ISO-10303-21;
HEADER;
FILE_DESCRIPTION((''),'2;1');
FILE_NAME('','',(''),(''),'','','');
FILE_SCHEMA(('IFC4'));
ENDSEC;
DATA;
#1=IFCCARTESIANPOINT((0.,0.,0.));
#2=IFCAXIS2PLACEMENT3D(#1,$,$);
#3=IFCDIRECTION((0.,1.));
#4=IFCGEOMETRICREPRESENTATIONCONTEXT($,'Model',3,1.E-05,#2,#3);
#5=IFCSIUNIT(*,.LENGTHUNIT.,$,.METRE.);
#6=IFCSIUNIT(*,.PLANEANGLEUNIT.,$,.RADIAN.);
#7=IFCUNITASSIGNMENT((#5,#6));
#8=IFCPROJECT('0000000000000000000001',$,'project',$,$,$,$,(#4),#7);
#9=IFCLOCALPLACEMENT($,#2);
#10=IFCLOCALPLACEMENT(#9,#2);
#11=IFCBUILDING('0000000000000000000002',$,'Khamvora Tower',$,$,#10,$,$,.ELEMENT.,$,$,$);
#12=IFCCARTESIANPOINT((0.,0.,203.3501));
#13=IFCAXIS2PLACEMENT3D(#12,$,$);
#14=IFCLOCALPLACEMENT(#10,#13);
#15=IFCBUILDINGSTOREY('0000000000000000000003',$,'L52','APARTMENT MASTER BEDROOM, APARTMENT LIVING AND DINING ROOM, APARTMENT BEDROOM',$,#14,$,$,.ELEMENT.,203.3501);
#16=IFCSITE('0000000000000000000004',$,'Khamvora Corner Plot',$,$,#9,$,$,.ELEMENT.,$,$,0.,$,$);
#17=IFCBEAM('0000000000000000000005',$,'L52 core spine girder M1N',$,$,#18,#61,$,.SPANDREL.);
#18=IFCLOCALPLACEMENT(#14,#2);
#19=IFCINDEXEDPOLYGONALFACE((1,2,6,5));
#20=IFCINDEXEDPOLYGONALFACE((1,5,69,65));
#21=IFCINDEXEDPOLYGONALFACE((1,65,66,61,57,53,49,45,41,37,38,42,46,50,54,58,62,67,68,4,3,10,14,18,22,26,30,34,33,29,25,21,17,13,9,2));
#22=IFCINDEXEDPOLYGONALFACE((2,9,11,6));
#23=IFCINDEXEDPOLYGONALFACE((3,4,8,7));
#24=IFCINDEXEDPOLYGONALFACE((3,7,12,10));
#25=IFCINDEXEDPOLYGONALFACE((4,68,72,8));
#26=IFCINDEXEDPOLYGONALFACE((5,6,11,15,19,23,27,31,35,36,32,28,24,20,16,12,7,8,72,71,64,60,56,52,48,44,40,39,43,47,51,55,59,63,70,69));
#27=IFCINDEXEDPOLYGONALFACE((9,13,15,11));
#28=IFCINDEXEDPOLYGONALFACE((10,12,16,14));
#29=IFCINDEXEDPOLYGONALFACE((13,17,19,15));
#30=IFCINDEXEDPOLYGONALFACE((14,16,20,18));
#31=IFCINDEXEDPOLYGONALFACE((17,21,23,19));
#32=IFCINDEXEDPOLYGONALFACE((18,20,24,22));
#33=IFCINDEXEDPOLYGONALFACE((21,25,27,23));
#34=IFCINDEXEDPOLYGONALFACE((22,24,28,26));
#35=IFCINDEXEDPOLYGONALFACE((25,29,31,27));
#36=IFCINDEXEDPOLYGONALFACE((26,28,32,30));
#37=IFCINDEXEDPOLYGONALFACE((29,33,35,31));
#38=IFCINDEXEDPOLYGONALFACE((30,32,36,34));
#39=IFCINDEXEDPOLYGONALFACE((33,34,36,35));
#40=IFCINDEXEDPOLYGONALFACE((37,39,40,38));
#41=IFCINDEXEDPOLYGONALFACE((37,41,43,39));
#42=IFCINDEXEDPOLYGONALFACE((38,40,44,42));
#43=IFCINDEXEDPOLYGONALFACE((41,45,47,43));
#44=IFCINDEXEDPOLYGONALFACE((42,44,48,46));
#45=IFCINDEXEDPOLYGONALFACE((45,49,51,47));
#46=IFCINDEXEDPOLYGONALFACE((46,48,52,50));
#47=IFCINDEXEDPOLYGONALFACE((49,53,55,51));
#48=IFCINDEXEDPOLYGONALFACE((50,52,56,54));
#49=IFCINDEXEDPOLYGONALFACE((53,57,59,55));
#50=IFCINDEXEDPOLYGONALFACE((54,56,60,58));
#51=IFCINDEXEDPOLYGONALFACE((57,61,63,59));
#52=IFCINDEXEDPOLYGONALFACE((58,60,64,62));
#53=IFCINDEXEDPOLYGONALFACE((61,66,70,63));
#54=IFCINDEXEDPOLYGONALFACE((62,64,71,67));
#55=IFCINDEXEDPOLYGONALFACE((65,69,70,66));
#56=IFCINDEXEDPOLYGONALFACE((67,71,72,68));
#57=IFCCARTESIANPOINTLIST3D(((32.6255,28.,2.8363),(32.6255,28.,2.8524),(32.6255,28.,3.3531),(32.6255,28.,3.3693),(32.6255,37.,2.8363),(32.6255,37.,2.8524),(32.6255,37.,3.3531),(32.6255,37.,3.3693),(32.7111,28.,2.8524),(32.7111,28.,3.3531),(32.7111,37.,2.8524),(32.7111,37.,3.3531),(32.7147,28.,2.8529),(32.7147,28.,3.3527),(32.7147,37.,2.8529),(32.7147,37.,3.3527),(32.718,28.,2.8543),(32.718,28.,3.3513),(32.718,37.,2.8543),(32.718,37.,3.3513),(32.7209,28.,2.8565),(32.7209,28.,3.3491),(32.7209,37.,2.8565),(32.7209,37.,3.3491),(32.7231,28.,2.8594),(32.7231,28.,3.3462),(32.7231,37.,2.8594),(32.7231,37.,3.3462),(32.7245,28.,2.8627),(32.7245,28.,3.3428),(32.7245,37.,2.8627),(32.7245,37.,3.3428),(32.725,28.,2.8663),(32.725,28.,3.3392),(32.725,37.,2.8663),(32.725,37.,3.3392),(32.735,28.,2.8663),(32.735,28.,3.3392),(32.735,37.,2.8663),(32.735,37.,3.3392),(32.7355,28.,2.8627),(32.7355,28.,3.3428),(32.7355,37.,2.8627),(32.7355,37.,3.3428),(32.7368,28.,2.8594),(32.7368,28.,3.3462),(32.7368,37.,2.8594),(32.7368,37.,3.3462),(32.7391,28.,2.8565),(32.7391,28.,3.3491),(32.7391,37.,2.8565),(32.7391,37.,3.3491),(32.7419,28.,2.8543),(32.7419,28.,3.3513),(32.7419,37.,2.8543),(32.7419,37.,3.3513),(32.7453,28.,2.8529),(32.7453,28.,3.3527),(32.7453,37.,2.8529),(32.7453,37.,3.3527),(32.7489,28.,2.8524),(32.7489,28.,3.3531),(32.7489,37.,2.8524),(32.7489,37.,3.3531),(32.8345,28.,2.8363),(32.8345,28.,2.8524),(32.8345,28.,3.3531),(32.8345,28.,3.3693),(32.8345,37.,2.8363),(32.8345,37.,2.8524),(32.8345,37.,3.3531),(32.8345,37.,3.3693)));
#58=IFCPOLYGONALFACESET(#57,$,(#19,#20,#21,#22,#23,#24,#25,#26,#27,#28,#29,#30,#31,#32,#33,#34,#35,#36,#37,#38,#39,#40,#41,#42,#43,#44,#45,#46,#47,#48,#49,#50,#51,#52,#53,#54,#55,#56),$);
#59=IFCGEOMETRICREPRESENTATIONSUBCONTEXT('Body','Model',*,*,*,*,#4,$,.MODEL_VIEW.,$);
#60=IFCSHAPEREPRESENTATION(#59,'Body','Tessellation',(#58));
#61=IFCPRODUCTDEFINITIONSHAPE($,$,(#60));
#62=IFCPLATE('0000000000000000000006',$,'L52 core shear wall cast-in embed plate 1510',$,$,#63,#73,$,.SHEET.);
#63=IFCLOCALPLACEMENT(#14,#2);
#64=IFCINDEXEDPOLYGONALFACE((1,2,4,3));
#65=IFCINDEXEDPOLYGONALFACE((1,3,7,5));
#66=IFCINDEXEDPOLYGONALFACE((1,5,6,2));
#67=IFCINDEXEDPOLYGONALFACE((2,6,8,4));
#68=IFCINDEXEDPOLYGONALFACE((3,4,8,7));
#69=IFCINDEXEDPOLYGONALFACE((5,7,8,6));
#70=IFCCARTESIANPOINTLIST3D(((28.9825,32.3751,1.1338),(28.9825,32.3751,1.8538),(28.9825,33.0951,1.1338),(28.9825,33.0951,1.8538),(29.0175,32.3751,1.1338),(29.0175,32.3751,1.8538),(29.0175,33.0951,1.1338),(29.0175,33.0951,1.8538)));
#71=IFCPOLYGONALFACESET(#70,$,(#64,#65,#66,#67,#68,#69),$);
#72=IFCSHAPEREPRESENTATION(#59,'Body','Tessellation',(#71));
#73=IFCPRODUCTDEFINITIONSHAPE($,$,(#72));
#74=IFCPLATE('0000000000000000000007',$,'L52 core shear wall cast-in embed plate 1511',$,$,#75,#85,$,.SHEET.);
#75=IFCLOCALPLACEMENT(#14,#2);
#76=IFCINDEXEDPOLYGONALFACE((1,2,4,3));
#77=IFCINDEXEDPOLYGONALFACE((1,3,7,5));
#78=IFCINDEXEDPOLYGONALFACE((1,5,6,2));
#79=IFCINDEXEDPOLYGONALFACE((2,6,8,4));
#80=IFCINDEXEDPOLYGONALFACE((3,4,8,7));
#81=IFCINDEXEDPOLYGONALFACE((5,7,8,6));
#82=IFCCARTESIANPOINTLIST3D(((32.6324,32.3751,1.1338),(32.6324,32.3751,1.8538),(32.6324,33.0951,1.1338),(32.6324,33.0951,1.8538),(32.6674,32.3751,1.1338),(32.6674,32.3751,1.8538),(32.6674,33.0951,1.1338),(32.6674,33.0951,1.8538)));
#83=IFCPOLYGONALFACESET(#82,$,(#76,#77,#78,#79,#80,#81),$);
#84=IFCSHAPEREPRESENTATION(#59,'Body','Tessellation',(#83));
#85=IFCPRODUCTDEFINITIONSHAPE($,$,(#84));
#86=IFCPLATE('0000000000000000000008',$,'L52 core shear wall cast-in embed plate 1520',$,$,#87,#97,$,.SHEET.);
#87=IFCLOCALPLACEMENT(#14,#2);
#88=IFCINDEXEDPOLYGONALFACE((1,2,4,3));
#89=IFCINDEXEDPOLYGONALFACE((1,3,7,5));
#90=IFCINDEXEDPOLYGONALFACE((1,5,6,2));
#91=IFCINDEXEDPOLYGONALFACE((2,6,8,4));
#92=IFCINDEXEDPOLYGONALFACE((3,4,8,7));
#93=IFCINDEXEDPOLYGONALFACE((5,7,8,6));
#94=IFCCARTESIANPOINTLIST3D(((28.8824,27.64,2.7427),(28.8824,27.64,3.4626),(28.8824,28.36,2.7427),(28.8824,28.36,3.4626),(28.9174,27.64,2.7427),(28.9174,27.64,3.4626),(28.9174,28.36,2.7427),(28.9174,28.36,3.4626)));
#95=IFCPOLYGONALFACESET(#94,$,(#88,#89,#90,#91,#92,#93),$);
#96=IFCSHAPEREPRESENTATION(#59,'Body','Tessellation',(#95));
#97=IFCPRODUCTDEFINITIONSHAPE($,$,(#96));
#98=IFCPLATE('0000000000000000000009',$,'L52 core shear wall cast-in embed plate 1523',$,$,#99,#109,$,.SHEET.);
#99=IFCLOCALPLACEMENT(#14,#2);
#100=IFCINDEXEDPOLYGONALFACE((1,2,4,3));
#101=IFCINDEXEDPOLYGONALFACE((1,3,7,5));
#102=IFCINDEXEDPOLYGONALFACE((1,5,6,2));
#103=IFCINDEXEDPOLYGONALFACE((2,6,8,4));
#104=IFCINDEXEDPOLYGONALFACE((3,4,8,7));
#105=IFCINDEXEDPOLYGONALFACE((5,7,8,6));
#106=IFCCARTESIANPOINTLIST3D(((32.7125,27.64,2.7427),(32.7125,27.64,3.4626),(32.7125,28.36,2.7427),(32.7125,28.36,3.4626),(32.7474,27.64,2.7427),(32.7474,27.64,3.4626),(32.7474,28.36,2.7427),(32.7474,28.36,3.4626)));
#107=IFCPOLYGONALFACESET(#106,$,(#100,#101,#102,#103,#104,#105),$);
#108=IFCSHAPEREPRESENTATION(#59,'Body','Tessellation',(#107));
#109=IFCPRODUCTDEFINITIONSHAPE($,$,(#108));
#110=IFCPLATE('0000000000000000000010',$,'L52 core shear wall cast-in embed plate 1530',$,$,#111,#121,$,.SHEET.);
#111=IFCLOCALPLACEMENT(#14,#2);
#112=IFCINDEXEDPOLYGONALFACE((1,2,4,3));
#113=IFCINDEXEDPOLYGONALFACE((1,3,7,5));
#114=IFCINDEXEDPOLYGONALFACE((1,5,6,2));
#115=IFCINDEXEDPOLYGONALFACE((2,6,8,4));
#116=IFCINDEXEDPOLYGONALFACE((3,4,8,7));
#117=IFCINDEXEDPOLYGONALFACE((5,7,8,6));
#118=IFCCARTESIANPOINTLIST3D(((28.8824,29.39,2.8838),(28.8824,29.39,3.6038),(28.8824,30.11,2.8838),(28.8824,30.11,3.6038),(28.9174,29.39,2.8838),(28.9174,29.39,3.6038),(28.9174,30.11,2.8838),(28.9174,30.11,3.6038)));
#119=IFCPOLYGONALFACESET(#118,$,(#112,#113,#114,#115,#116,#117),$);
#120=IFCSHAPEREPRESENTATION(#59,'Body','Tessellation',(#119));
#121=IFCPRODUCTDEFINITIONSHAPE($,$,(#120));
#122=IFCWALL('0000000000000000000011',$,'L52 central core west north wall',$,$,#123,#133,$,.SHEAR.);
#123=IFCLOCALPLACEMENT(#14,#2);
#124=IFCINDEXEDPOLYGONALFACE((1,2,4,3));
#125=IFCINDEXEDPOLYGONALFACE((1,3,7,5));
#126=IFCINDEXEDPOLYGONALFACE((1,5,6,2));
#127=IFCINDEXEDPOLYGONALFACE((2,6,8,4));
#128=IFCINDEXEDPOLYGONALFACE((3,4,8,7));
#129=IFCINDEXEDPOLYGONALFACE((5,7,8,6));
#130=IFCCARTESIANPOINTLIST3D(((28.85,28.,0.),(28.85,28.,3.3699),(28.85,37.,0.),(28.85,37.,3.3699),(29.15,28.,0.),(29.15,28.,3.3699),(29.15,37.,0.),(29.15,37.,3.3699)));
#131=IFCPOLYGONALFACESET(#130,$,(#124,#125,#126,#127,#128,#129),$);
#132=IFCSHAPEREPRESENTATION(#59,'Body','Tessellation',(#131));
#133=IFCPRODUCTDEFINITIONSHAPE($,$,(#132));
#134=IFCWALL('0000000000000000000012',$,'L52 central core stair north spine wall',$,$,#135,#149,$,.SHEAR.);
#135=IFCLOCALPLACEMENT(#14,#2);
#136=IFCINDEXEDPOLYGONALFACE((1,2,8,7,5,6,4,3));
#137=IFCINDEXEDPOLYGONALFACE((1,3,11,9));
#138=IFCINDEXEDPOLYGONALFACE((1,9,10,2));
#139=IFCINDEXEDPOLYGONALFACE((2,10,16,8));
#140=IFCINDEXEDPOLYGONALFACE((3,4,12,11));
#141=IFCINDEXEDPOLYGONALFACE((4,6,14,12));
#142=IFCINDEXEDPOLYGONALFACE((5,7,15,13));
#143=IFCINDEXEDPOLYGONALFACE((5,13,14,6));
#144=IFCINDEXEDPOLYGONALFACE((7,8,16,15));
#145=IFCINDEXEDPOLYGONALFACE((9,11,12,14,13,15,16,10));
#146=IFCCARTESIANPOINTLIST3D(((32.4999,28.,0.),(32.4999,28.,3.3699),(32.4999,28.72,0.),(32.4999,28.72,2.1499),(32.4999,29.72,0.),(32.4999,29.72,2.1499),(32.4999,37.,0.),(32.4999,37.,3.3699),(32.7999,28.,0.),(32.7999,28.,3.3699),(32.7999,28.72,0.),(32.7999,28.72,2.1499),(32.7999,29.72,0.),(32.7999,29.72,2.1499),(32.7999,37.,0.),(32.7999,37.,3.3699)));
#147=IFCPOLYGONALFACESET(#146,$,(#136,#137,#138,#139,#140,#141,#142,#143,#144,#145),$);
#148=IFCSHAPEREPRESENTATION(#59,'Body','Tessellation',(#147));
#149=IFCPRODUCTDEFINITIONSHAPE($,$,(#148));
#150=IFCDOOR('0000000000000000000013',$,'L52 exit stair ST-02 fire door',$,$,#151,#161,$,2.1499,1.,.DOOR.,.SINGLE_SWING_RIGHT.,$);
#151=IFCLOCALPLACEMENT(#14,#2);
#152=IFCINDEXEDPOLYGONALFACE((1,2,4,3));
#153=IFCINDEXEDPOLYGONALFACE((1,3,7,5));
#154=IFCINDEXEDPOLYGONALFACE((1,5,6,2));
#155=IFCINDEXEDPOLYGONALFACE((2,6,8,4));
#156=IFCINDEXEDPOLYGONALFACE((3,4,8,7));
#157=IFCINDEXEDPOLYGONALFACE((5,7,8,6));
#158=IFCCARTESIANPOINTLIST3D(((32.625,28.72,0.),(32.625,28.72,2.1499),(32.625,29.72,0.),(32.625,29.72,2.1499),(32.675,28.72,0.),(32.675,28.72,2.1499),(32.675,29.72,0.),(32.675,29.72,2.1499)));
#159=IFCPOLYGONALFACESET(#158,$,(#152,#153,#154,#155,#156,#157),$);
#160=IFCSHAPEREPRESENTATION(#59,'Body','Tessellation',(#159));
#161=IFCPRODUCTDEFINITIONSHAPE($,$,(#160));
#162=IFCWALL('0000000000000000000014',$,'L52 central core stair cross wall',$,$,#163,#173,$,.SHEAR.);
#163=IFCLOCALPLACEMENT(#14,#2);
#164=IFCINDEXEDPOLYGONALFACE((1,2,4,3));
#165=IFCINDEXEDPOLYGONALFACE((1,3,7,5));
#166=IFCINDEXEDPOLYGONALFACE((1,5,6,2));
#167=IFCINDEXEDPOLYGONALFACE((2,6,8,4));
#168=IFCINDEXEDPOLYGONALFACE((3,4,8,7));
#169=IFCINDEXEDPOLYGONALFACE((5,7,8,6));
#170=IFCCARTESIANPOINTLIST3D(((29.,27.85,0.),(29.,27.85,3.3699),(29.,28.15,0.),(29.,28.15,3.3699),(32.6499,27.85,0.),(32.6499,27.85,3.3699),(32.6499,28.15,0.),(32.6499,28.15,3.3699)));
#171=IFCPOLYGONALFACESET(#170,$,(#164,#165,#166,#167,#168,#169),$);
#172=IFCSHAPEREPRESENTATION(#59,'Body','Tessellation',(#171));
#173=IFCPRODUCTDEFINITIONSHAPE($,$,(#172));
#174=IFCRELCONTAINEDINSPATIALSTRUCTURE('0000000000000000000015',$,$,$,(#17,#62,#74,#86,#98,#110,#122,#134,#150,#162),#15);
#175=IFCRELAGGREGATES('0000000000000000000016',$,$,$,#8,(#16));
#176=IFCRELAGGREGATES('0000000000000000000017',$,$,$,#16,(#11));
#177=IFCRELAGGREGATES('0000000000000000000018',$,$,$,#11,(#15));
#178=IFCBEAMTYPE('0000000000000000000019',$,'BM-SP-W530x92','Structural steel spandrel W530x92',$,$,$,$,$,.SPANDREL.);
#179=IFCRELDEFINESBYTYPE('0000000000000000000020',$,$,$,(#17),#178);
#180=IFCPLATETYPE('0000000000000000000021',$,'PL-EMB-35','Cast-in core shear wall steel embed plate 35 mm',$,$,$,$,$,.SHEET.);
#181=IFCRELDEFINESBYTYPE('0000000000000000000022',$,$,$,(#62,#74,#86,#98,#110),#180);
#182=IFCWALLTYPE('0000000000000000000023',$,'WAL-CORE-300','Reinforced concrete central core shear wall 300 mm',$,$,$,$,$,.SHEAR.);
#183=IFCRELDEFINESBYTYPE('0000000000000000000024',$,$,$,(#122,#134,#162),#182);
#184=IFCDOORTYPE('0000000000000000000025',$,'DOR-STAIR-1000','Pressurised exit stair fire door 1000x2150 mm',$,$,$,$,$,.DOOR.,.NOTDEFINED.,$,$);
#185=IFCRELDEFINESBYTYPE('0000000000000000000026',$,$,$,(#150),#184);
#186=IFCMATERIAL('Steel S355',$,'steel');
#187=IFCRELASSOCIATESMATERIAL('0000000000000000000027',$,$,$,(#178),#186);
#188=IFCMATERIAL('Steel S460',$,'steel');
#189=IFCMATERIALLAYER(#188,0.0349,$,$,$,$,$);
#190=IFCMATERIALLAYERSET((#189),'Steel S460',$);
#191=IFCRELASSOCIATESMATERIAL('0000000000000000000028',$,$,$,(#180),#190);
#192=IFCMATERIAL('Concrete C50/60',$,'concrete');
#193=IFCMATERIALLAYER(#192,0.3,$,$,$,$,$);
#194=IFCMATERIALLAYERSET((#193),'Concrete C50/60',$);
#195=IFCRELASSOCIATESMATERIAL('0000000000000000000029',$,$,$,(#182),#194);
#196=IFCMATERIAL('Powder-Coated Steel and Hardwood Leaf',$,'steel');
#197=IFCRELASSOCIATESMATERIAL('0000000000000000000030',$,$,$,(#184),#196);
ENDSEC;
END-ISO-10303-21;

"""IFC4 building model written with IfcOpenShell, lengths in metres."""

from ifc_helpers import new_model, si_unit, direction, frame, frame_2d, origin, origin_2d, place, context, subcontext, project, spatial, rectangle, i_section, extrude, material, layer, layer_set, material_profile, profile_set, type_object, element, fill, save


model = new_model("IFC4")

# Units and contexts
model_context = context("Model", 3, precision=1e-05, world=origin(), true_north=direction((0.0, 1.0)))
body_context = subcontext(model_context, "Body", "Model", "MODEL_VIEW")
ifc_project = project(units=[si_unit("LENGTHUNIT", "METRE"), si_unit("PLANEANGLEUNIT", "RADIAN")], contexts=[model_context])

# Site, building, storey
site_placement = place(None, origin())
site = spatial("IfcSite", under=ifc_project, at=site_placement, Name="Khamvora Corner Plot", CompositionType="ELEMENT", RefElevation=0.0)
building_placement = place(site_placement, origin())
building = spatial("IfcBuilding", under=site, at=building_placement, Name="Khamvora Tower", CompositionType="ELEMENT")
storey_placement = place(building_placement, frame((0.0, 0.0, 203.3501)))
storey = spatial("IfcBuildingStorey", under=building, at=storey_placement, Name="L52", Description="APARTMENT MASTER BEDROOM, APARTMENT LIVING AND DINING ROOM, APARTMENT BEDROOM", CompositionType="ELEMENT", Elevation=203.3501)

# Shared definitions
ifc_material_1 = material(Name="Steel S460", Category="steel")

# Beam
ifc_material_2 = material(Name="Steel S355", Category="steel")
ifc_material_profile_1 = material_profile(ifc_material_2, i_section(OverallWidth=0.209, OverallDepth=0.533, WebThickness=0.01, FlangeThickness=0.0161, FilletRadius=0.0139, at=origin_2d()), Name="W530x92")
ifc_profile_set_1 = profile_set([ifc_material_profile_1], Name="Steel S355")
beam_type_1 = type_object("IfcBeamType", Name="BM-SP-W530x92", Description="Structural steel spandrel W530x92", PredefinedType="SPANDREL", material=ifc_profile_set_1)
beam_1_placement = place(storey_placement, frame((32.73, 28.0, 3.1028), z_axis=(0.0, 1.0, 0.0), x_axis=(-1.0, 0.0, 0.0)))
element("IfcBeam", 1, at=beam_1_placement, inside=storey, type_object=beam_type_1, Name="L52 core spine girder M1N", PredefinedType="SPANDREL", context=body_context, shape_type="SweptSolid", body=[
    extrude(i_section(OverallWidth=0.209, OverallDepth=0.533, WebThickness=0.01, FlangeThickness=0.0161, FilletRadius=0.0139, at=origin_2d()), origin(), (0.0, 0.0, 1.0), 9.0),
])

# Plates
ifc_layer_1 = layer(ifc_material_1, 0.0349)
ifc_layer_set_1 = layer_set([ifc_layer_1], Name="Steel S460")
plate_type = type_object("IfcPlateType", Name="PL-EMB-35", Description="Cast-in core shear wall steel embed plate 35 mm", PredefinedType="SHEET", material=ifc_layer_set_1)
for number, where, z_axis, x_axis, name in (
    (2, (29.0, 32.7351, 1.1338), (0.0, 0.0, 1.0), (1.0, 0.0, 0.0), "L52 core shear wall cast-in embed plate 1510"),
    (3, (32.6499, 32.7351, 1.1338), (0.0, 0.0, 1.0), (1.0, 0.0, 0.0), "L52 core shear wall cast-in embed plate 1511"),
    (4, (28.8999, 28.0, 2.7427), (0.0, 0.0, 1.0), (1.0, 0.0, 0.0), "L52 core shear wall cast-in embed plate 1520"),
    (5, (32.73, 28.0, 2.7427), (0.0, 0.0, 1.0), (1.0, 0.0, 0.0), "L52 core shear wall cast-in embed plate 1523"),
    (6, (28.8999, 29.75, 2.8838), (0.0, 0.0, 1.0), (1.0, 0.0, 0.0), "L52 core shear wall cast-in embed plate 1530"),
):
    element("IfcPlate", number, at=place(storey_placement, frame(where, z_axis=z_axis, x_axis=x_axis)), inside=storey, type_object=plate_type, Name=name, PredefinedType="SHEET", context=body_context, shape_type="SweptSolid", body=[
        extrude(rectangle(XDim=0.0349, YDim=0.72, at=origin_2d()), origin(), (0.0, 0.0, 1.0), 0.72),
    ])

# Wall
ifc_material_3 = material(Name="Concrete C50/60", Category="concrete")
ifc_layer_2 = layer(ifc_material_3, 0.3)
ifc_layer_set_2 = layer_set([ifc_layer_2], Name="Concrete C50/60")
wall_type = type_object("IfcWallType", Name="WAL-CORE-300", Description="Reinforced concrete central core shear wall 300 mm", PredefinedType="SHEAR", material=ifc_layer_set_2)
wall_1_placement = place(storey_placement, frame((29.0, 28.0, 0.0), z_axis=(0.0, 0.0, 1.0), x_axis=(0.0, 1.0, 0.0)))
element("IfcWall", 7, at=wall_1_placement, inside=storey, type_object=wall_type, Name="L52 central core west north wall", PredefinedType="SHEAR", context=body_context, shape_type="SweptSolid", body=[
    extrude(rectangle(XDim=9.0, YDim=0.3, at=frame_2d((4.5, 0.0))), origin(), (0.0, 0.0, 1.0), 3.3699),
])

# Wall, opening, door
wall_2_placement = place(storey_placement, frame((32.6499, 28.0, 0.0), z_axis=(0.0, 0.0, 1.0), x_axis=(0.0, 1.0, 0.0)))
wall_2 = element("IfcWall", 8, at=wall_2_placement, inside=storey, type_object=wall_type, Name="L52 central core stair north spine wall", PredefinedType="SHEAR", context=body_context, shape_type="SweptSolid", body=[
    extrude(rectangle(XDim=9.0, YDim=0.3, at=frame_2d((4.5, 0.0))), origin(), (0.0, 0.0, 1.0), 3.3699),
])
opening_placement = place(wall_2_placement, frame((0.72, 0.0, 0.0)))
opening = element("IfcOpeningElement", 9, at=opening_placement, cuts=wall_2, PredefinedType="OPENING", context=body_context, shape_type="SweptSolid", body=[
    extrude(rectangle(XDim=1.0, YDim=2.1499, at=frame_2d((0.5, 1.075))), frame((0.0, 0.1599, 0.0), z_axis=(0.0, -1.0, 0.0), x_axis=(1.0, 0.0, 0.0)), (0.0, 0.0, 1.0), 0.3201),
])
ifc_material_4 = material(Name="Powder-Coated Steel and Hardwood Leaf", Category="steel")
door_type = type_object("IfcDoorType", Name="DOR-STAIR-1000", Description="Pressurised exit stair fire door 1000x2150 mm", OperationType="NOTDEFINED", PredefinedType="DOOR", material=ifc_material_4)
door_placement = place(opening_placement, origin())
door = element("IfcDoor", 10, at=door_placement, inside=storey, type_object=door_type, Name="L52 exit stair ST-02 fire door", OperationType="SINGLE_SWING_RIGHT", OverallHeight=2.1499, OverallWidth=1.0, PredefinedType="DOOR", context=body_context, shape_type="SweptSolid", body=[
    extrude(rectangle(XDim=1.0, YDim=2.1499, at=frame_2d((0.5, 1.075))), frame((0.0, 0.0249, 0.0), z_axis=(0.0, -1.0, 0.0), x_axis=(1.0, 0.0, 0.0)), (0.0, 0.0, 1.0), 0.05),
])
fill(opening, door)

# Wall
wall_3_placement = place(storey_placement, frame((29.0, 28.0, 0.0), z_axis=(0.0, 0.0, 1.0), x_axis=(1.0, 0.0, 0.0)))
element("IfcWall", 11, at=wall_3_placement, inside=storey, type_object=wall_type, Name="L52 central core stair cross wall", PredefinedType="SHEAR", context=body_context, shape_type="SweptSolid", body=[
    extrude(rectangle(XDim=3.6499, YDim=0.3, at=frame_2d((1.825, 0.0))), origin(), (0.0, 0.0, 1.0), 3.3699),
])

save(model, "model.ifc")
